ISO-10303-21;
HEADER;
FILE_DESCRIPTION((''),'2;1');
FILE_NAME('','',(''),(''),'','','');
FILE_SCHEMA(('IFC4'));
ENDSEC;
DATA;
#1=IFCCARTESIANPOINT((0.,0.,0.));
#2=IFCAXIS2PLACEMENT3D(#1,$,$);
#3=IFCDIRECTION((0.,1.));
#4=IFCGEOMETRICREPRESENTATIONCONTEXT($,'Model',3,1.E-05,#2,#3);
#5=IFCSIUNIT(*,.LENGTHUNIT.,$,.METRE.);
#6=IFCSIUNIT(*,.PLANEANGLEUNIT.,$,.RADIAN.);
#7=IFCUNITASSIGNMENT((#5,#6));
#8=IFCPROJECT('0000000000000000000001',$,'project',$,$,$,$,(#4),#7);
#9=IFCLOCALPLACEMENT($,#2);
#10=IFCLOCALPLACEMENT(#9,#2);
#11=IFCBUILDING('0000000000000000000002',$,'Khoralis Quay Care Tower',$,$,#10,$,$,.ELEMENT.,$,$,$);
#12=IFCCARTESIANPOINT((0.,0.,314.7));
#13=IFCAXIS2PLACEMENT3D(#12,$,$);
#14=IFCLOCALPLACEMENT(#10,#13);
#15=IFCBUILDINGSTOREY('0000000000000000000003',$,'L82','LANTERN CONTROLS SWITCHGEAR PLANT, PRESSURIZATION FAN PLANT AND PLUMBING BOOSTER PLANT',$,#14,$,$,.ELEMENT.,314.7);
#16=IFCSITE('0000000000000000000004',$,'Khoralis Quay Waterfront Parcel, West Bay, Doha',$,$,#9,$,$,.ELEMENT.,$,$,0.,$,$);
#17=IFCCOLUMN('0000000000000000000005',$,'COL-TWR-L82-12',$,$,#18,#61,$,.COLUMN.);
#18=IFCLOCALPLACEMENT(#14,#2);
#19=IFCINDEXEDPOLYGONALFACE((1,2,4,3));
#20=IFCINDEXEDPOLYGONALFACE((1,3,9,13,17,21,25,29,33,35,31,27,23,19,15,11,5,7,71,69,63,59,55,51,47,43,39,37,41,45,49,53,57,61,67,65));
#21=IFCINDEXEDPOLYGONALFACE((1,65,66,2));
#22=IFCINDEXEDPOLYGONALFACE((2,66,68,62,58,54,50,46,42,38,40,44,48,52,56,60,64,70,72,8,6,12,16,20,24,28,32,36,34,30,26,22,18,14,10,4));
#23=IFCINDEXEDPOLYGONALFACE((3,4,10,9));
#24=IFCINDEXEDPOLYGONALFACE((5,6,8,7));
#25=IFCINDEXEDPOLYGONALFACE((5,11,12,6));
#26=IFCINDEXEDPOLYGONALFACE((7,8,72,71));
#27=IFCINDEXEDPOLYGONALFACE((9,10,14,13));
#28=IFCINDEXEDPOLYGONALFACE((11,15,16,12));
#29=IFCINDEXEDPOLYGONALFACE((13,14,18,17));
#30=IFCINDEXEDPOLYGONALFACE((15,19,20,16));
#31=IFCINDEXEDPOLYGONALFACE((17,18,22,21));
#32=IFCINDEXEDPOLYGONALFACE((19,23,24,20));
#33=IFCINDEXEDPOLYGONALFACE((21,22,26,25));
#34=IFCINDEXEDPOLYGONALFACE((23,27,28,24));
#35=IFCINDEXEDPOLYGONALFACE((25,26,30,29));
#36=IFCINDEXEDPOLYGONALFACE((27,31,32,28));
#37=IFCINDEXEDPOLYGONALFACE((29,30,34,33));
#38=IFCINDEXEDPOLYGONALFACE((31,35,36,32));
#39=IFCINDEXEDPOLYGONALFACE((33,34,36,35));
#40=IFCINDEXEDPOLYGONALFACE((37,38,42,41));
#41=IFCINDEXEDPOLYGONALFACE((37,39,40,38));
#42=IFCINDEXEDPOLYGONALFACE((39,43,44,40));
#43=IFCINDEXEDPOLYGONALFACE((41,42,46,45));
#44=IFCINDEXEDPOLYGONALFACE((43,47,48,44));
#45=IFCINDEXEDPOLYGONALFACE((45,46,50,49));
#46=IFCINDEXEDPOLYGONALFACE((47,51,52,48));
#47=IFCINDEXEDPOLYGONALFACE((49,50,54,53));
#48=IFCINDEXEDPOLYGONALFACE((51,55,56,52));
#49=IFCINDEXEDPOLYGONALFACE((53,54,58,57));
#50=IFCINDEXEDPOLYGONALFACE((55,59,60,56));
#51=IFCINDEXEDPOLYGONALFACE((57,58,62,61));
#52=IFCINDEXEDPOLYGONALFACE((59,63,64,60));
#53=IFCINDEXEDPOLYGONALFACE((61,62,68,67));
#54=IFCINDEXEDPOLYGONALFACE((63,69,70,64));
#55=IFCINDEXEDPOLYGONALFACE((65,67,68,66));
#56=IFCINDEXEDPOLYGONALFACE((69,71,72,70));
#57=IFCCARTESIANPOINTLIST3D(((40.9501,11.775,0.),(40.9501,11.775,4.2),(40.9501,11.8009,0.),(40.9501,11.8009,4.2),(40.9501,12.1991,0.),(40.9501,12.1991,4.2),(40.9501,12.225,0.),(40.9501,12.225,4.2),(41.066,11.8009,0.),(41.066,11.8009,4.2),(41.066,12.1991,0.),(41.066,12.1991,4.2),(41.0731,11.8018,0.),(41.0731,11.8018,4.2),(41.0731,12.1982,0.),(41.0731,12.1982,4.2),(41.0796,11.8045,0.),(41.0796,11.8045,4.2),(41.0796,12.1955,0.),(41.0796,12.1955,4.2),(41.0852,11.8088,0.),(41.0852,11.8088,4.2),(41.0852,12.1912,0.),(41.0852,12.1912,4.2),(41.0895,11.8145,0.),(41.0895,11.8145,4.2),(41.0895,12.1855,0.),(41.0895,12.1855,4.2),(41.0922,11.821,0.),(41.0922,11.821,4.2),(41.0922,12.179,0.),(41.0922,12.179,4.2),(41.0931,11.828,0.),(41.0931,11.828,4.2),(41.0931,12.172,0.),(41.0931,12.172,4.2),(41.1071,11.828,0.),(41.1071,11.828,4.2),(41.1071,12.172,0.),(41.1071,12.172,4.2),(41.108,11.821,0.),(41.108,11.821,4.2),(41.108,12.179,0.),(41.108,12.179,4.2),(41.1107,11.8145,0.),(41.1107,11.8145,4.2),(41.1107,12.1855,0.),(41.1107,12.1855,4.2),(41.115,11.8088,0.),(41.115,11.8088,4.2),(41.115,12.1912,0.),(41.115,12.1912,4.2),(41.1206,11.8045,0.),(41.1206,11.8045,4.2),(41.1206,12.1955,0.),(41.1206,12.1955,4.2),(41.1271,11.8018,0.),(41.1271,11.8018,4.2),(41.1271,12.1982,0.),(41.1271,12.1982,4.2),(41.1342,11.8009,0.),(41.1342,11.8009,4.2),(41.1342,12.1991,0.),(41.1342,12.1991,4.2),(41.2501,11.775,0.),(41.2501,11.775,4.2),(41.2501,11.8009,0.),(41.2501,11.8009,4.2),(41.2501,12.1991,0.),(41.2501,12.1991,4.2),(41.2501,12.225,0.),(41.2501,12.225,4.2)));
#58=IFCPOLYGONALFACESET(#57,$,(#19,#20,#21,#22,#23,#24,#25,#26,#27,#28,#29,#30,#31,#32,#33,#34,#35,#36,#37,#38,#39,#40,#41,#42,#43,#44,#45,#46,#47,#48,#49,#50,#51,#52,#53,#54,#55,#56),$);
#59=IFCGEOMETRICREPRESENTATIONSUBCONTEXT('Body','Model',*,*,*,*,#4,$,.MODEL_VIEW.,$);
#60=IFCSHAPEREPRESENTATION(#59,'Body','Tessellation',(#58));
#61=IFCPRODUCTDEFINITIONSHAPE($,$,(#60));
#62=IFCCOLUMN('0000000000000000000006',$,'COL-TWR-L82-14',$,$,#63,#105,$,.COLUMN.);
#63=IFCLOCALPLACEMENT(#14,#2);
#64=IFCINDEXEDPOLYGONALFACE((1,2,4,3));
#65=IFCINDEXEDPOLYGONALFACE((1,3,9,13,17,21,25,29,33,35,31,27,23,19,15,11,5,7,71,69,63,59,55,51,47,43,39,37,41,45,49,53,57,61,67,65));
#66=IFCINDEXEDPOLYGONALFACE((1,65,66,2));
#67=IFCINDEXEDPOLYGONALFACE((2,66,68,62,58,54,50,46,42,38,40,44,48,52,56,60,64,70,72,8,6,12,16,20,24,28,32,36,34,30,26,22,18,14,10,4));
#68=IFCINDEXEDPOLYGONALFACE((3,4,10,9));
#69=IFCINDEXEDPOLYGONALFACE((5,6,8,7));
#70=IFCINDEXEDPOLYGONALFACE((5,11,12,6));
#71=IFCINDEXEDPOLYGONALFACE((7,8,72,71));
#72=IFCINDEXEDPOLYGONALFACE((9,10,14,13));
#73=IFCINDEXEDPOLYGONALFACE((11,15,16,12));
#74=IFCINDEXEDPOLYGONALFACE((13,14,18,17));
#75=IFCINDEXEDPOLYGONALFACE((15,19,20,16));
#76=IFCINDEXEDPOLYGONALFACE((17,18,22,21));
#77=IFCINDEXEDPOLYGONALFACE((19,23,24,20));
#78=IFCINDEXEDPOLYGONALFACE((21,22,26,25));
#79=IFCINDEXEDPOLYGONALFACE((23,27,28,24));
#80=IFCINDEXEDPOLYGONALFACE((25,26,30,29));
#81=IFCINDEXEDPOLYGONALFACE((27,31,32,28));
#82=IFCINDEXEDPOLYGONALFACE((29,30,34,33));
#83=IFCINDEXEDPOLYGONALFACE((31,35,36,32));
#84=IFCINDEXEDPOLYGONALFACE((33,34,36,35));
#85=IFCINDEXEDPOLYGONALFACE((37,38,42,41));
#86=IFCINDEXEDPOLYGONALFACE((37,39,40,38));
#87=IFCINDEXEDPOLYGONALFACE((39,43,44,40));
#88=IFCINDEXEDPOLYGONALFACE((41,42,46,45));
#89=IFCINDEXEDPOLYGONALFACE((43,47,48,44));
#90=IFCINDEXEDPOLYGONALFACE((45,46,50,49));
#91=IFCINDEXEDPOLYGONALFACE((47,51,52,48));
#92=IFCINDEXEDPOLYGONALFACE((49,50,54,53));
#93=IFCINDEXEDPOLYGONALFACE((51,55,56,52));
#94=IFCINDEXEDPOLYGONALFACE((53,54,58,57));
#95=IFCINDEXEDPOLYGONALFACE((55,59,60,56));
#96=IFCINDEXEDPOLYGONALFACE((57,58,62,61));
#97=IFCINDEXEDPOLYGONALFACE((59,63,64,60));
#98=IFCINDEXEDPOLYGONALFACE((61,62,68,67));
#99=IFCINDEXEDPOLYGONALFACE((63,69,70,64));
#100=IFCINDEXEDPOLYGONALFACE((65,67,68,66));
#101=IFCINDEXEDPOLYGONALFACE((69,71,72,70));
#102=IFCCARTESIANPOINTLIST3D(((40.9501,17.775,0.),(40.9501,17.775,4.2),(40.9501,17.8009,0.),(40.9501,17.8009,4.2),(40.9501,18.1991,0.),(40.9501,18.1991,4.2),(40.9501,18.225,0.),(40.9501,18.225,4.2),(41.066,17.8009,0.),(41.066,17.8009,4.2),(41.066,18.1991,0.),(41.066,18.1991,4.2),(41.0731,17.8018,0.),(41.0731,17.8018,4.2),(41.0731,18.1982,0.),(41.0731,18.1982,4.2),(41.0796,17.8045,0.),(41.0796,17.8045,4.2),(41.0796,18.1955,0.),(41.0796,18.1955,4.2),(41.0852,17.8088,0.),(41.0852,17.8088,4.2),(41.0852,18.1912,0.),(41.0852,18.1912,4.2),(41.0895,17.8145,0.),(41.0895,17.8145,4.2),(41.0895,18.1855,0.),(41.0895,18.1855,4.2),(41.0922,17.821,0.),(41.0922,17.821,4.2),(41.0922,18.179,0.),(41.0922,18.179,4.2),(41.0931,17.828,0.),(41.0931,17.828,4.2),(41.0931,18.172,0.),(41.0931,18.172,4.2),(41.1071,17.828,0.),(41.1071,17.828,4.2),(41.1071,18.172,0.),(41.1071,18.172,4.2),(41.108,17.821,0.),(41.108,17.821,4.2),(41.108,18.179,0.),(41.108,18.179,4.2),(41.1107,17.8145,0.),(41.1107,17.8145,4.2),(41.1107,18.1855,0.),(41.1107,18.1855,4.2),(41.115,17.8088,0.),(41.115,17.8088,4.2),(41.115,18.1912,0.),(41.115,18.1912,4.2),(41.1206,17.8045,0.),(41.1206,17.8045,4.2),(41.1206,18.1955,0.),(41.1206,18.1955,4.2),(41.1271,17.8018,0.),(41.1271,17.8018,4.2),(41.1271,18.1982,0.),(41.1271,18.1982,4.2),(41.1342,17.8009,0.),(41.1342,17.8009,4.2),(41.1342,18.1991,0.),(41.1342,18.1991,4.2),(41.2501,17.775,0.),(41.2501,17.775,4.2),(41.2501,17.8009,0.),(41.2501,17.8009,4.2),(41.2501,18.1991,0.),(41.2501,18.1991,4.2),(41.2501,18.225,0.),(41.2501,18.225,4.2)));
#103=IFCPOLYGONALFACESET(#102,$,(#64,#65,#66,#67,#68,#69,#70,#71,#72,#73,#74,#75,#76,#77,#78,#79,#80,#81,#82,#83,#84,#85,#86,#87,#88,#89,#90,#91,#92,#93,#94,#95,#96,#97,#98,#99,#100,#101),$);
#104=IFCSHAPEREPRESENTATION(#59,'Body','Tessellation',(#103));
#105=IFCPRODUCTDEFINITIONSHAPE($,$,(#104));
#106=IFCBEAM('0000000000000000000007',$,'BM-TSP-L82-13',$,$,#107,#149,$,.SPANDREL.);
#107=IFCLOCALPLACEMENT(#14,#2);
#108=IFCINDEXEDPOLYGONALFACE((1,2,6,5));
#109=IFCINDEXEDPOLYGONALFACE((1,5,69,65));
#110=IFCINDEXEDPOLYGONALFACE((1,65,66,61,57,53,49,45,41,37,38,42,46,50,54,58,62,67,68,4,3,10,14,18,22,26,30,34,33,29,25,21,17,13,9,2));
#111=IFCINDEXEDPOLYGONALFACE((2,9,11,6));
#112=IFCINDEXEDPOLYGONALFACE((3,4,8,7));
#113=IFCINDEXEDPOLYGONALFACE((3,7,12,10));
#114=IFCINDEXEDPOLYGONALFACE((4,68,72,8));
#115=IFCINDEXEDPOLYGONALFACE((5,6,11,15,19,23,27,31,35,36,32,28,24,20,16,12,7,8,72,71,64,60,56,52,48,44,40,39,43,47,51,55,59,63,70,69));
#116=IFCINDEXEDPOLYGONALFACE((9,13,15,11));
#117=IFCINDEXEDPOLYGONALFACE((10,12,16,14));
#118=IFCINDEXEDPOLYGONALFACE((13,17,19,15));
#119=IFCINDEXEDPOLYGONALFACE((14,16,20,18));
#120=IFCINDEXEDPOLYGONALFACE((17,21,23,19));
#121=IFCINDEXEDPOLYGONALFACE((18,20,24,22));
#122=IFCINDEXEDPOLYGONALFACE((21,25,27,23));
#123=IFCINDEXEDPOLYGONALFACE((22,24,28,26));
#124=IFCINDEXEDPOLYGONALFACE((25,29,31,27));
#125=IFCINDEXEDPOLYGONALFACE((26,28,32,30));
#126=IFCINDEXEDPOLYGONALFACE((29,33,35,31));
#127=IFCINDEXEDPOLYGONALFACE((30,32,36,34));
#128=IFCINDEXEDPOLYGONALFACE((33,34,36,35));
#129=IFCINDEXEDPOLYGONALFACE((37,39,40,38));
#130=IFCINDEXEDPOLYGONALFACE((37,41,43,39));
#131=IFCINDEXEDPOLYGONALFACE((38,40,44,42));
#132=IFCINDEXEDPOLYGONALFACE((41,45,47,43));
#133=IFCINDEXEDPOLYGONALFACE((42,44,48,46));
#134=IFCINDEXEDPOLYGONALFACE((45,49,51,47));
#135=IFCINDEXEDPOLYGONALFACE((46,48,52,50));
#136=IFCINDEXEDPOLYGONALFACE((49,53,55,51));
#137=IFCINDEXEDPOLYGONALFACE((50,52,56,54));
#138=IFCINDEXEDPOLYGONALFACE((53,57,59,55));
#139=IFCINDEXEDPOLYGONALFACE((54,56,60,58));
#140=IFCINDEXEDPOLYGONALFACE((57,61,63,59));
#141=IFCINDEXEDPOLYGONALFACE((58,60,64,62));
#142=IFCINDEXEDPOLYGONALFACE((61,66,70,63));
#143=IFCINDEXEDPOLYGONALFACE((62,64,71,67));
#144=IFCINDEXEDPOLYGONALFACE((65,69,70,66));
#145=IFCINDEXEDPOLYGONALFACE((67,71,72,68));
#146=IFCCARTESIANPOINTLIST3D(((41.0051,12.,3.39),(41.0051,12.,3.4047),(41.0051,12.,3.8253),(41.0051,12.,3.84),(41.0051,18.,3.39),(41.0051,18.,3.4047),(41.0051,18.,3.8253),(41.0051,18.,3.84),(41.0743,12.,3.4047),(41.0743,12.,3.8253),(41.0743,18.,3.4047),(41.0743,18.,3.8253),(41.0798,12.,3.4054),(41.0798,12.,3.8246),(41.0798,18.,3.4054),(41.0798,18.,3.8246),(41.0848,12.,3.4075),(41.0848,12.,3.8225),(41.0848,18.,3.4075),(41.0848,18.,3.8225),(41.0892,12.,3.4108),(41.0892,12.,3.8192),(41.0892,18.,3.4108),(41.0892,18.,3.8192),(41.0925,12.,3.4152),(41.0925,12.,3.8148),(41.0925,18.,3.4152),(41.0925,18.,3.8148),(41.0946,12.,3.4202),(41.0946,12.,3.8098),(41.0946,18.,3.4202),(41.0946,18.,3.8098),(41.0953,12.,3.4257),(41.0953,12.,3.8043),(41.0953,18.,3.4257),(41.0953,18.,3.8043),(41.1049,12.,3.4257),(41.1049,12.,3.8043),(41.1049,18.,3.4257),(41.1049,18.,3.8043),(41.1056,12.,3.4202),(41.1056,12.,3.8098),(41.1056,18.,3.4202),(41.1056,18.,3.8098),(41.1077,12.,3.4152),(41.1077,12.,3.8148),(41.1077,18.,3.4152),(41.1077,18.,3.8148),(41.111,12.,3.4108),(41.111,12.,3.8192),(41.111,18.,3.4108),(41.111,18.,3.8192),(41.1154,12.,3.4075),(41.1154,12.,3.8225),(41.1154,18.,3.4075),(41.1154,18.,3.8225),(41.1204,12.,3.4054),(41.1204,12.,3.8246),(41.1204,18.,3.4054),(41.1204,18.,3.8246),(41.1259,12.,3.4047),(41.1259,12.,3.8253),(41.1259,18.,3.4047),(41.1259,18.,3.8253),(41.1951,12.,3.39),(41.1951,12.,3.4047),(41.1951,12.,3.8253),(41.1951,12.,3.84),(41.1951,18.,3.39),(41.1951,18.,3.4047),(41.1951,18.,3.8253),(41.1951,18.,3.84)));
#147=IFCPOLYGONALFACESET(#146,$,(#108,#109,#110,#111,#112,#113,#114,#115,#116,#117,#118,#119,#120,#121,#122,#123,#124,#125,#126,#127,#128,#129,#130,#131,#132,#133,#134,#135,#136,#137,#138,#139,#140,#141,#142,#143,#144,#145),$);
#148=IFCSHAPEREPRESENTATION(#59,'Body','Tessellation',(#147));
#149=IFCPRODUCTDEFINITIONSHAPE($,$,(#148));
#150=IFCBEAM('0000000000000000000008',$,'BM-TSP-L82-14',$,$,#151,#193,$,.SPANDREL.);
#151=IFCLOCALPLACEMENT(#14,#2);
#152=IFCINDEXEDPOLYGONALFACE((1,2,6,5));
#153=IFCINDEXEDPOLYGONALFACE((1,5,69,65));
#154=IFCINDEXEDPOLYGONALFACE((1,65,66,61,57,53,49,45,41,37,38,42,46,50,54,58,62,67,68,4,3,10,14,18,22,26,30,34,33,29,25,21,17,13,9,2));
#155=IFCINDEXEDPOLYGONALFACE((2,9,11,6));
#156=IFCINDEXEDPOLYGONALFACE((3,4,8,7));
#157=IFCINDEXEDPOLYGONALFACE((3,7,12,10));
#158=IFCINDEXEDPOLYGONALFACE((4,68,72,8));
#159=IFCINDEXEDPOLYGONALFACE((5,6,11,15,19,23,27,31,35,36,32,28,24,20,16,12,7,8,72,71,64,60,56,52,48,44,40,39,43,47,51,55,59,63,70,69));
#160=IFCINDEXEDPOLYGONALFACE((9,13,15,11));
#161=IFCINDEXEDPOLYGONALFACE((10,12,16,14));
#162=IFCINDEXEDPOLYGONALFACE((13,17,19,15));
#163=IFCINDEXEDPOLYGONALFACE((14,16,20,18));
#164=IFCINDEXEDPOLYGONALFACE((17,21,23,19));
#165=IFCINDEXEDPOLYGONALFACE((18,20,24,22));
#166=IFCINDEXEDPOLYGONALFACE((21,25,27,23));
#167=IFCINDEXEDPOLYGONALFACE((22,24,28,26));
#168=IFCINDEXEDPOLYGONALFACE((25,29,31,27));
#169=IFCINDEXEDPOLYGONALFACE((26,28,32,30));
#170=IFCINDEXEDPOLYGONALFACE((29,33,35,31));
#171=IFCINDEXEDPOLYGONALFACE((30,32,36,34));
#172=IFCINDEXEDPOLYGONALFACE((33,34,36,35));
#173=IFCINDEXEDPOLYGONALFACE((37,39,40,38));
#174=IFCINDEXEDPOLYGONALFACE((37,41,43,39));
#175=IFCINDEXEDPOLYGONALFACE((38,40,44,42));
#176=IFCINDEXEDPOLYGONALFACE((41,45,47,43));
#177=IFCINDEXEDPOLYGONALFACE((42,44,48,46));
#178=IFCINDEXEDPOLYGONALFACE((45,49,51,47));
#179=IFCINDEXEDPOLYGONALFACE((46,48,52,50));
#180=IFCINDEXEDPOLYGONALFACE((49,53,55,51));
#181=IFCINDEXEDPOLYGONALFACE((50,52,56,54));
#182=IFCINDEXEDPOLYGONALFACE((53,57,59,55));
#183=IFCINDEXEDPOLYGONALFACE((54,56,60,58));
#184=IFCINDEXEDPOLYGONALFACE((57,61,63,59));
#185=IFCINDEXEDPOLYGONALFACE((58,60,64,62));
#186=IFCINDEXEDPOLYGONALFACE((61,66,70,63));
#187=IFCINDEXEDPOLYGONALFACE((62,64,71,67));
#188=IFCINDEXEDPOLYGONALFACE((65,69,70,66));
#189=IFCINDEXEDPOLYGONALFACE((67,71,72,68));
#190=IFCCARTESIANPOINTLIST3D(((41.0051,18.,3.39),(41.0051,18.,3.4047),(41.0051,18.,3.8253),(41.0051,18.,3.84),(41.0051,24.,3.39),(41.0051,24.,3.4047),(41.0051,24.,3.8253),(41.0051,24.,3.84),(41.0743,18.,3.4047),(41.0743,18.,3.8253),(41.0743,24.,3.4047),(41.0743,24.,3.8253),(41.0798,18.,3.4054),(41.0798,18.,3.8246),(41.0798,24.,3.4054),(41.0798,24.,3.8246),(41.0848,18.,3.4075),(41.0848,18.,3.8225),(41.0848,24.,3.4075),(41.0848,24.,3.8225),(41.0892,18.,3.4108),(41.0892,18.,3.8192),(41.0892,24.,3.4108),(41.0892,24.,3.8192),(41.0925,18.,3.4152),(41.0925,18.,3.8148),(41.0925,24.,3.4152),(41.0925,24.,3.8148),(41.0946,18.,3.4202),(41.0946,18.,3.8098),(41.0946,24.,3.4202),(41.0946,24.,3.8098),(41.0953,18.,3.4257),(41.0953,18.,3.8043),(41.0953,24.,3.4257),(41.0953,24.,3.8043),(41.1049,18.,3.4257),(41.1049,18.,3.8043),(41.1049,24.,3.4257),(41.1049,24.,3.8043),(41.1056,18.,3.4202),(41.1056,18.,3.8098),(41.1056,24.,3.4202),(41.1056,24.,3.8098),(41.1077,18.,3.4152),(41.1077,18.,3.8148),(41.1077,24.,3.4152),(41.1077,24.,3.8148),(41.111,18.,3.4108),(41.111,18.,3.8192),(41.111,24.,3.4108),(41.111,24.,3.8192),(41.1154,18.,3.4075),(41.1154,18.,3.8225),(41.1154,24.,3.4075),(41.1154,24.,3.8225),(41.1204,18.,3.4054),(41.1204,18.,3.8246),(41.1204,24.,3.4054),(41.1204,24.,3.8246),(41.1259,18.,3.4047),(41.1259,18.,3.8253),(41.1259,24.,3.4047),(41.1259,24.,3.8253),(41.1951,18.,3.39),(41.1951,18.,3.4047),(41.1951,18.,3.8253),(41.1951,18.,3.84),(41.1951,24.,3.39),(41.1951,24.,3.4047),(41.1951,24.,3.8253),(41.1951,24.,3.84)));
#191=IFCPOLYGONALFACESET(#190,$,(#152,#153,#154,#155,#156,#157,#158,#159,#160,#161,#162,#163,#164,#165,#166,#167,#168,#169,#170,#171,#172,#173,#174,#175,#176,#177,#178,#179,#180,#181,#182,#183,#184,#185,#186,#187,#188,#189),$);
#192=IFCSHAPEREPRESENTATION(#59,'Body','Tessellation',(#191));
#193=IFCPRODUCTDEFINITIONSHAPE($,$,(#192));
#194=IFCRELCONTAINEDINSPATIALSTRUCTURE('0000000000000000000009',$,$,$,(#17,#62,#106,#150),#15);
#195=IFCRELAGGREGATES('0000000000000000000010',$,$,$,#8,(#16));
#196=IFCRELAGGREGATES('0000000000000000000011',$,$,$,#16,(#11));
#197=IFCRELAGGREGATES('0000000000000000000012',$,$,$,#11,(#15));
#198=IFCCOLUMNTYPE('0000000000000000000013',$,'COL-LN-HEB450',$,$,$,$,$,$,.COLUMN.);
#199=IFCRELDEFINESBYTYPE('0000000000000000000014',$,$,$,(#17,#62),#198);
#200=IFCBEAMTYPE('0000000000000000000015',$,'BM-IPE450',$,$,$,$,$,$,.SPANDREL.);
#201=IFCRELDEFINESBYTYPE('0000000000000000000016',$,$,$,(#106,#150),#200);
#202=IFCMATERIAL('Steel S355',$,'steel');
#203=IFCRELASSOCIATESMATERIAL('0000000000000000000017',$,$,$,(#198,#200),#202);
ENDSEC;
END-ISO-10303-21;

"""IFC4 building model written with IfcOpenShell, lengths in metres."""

from ifc_helpers import new_model, si_unit, direction, frame, origin, origin_2d, place, context, subcontext, project, spatial, i_section, extrude, source, transform, mapped, material, material_profile, profile_set, type_object, element, save


model = new_model("IFC4")

# Units and contexts
model_context = context("Model", 3, precision=1e-05, world=origin(), true_north=direction((0.0, 1.0)))
body_context = subcontext(model_context, "Body", "Model", "MODEL_VIEW")
ifc_project = project(units=[si_unit("LENGTHUNIT", "METRE"), si_unit("PLANEANGLEUNIT", "RADIAN")], contexts=[model_context])

# Site, building, storey
site_placement = place(None, origin())
site = spatial("IfcSite", under=ifc_project, at=site_placement, Name="Khoralis Quay Waterfront Parcel, West Bay, Doha", CompositionType="ELEMENT", RefElevation=0.0)
building_placement = place(site_placement, origin())
building = spatial("IfcBuilding", under=site, at=building_placement, Name="Khoralis Quay Care Tower", CompositionType="ELEMENT")
storey_placement = place(building_placement, frame((0.0, 0.0, 314.7)))
storey = spatial("IfcBuildingStorey", under=building, at=storey_placement, Name="L82", Description="LANTERN CONTROLS SWITCHGEAR PLANT, PRESSURIZATION FAN PLANT AND PLUMBING BOOSTER PLANT", CompositionType="ELEMENT", Elevation=314.7)

# Columns
ifc_material_1 = material(Name="Steel S355", Category="steel")
ifc_material_profile_1 = material_profile(ifc_material_1, i_section(OverallWidth=0.3, OverallDepth=0.45, WebThickness=0.0139, FlangeThickness=0.0259, FilletRadius=0.0271, at=origin_2d()), Name="Steel S355")
ifc_profile_set_1 = profile_set([ifc_material_profile_1], Name="Steel S355")
column_type = type_object("IfcColumnType", Name="COL-LN-HEB450", PredefinedType="COLUMN", material=ifc_profile_set_1)
shared_shape_1 = source(origin(), body_context, "Body", "SweptSolid", [
    extrude(i_section(OverallWidth=0.3, OverallDepth=0.45, WebThickness=0.0139, FlangeThickness=0.0259, FilletRadius=0.0271, at=origin_2d()), origin(), (0.0, 0.0, 1.0), 4.2),
])
for number, where, z_axis, x_axis, name in (
    (1, (41.1001, 12.0, 0.0), (0.0, 0.0, 1.0), (1.0, 0.0, 0.0), "COL-TWR-L82-12"),
    (2, (41.1001, 18.0, 0.0), (0.0, 0.0, 1.0), (1.0, 0.0, 0.0), "COL-TWR-L82-14"),
):
    element("IfcColumn", number, at=place(storey_placement, frame(where, z_axis=z_axis, x_axis=x_axis)), inside=storey, type_object=column_type, Name=name, PredefinedType="COLUMN", context=body_context, shape_type="MappedRepresentation", body=[
        mapped(shared_shape_1, transform((0.0, 0.0, 0.0), scale=1.0)),
    ])

# Beams
ifc_material_profile_2 = material_profile(ifc_material_1, i_section(OverallWidth=0.1899, OverallDepth=0.45, WebThickness=0.0095, FlangeThickness=0.0146, FilletRadius=0.021, at=origin_2d()), Name="Steel S355")
ifc_profile_set_2 = profile_set([ifc_material_profile_2], Name="Steel S355")
beam_type = type_object("IfcBeamType", Name="BM-IPE450", PredefinedType="SPANDREL", material=ifc_profile_set_2)
shared_shape_2 = source(origin(), body_context, "Body", "SweptSolid", [
    extrude(i_section(OverallWidth=0.1899, OverallDepth=0.45, WebThickness=0.0095, FlangeThickness=0.0146, FilletRadius=0.021, at=origin_2d()), origin(), (0.0, 0.0, 1.0), 6.0),
])
for number, where, z_axis, x_axis, name in (
    (3, (41.1001, 12.0, 3.615), (0.0, 1.0, 0.0), (-1.0, 0.0, 0.0), "BM-TSP-L82-13"),
    (4, (41.1001, 18.0, 3.615), (0.0, 1.0, 0.0), (-1.0, 0.0, 0.0), "BM-TSP-L82-14"),
):
    element("IfcBeam", number, at=place(storey_placement, frame(where, z_axis=z_axis, x_axis=x_axis)), inside=storey, type_object=beam_type, Name=name, PredefinedType="SPANDREL", context=body_context, shape_type="MappedRepresentation", body=[
        mapped(shared_shape_2, transform((0.0, 0.0, 0.0), scale=1.0)),
    ])

save(model, "model.ifc")
